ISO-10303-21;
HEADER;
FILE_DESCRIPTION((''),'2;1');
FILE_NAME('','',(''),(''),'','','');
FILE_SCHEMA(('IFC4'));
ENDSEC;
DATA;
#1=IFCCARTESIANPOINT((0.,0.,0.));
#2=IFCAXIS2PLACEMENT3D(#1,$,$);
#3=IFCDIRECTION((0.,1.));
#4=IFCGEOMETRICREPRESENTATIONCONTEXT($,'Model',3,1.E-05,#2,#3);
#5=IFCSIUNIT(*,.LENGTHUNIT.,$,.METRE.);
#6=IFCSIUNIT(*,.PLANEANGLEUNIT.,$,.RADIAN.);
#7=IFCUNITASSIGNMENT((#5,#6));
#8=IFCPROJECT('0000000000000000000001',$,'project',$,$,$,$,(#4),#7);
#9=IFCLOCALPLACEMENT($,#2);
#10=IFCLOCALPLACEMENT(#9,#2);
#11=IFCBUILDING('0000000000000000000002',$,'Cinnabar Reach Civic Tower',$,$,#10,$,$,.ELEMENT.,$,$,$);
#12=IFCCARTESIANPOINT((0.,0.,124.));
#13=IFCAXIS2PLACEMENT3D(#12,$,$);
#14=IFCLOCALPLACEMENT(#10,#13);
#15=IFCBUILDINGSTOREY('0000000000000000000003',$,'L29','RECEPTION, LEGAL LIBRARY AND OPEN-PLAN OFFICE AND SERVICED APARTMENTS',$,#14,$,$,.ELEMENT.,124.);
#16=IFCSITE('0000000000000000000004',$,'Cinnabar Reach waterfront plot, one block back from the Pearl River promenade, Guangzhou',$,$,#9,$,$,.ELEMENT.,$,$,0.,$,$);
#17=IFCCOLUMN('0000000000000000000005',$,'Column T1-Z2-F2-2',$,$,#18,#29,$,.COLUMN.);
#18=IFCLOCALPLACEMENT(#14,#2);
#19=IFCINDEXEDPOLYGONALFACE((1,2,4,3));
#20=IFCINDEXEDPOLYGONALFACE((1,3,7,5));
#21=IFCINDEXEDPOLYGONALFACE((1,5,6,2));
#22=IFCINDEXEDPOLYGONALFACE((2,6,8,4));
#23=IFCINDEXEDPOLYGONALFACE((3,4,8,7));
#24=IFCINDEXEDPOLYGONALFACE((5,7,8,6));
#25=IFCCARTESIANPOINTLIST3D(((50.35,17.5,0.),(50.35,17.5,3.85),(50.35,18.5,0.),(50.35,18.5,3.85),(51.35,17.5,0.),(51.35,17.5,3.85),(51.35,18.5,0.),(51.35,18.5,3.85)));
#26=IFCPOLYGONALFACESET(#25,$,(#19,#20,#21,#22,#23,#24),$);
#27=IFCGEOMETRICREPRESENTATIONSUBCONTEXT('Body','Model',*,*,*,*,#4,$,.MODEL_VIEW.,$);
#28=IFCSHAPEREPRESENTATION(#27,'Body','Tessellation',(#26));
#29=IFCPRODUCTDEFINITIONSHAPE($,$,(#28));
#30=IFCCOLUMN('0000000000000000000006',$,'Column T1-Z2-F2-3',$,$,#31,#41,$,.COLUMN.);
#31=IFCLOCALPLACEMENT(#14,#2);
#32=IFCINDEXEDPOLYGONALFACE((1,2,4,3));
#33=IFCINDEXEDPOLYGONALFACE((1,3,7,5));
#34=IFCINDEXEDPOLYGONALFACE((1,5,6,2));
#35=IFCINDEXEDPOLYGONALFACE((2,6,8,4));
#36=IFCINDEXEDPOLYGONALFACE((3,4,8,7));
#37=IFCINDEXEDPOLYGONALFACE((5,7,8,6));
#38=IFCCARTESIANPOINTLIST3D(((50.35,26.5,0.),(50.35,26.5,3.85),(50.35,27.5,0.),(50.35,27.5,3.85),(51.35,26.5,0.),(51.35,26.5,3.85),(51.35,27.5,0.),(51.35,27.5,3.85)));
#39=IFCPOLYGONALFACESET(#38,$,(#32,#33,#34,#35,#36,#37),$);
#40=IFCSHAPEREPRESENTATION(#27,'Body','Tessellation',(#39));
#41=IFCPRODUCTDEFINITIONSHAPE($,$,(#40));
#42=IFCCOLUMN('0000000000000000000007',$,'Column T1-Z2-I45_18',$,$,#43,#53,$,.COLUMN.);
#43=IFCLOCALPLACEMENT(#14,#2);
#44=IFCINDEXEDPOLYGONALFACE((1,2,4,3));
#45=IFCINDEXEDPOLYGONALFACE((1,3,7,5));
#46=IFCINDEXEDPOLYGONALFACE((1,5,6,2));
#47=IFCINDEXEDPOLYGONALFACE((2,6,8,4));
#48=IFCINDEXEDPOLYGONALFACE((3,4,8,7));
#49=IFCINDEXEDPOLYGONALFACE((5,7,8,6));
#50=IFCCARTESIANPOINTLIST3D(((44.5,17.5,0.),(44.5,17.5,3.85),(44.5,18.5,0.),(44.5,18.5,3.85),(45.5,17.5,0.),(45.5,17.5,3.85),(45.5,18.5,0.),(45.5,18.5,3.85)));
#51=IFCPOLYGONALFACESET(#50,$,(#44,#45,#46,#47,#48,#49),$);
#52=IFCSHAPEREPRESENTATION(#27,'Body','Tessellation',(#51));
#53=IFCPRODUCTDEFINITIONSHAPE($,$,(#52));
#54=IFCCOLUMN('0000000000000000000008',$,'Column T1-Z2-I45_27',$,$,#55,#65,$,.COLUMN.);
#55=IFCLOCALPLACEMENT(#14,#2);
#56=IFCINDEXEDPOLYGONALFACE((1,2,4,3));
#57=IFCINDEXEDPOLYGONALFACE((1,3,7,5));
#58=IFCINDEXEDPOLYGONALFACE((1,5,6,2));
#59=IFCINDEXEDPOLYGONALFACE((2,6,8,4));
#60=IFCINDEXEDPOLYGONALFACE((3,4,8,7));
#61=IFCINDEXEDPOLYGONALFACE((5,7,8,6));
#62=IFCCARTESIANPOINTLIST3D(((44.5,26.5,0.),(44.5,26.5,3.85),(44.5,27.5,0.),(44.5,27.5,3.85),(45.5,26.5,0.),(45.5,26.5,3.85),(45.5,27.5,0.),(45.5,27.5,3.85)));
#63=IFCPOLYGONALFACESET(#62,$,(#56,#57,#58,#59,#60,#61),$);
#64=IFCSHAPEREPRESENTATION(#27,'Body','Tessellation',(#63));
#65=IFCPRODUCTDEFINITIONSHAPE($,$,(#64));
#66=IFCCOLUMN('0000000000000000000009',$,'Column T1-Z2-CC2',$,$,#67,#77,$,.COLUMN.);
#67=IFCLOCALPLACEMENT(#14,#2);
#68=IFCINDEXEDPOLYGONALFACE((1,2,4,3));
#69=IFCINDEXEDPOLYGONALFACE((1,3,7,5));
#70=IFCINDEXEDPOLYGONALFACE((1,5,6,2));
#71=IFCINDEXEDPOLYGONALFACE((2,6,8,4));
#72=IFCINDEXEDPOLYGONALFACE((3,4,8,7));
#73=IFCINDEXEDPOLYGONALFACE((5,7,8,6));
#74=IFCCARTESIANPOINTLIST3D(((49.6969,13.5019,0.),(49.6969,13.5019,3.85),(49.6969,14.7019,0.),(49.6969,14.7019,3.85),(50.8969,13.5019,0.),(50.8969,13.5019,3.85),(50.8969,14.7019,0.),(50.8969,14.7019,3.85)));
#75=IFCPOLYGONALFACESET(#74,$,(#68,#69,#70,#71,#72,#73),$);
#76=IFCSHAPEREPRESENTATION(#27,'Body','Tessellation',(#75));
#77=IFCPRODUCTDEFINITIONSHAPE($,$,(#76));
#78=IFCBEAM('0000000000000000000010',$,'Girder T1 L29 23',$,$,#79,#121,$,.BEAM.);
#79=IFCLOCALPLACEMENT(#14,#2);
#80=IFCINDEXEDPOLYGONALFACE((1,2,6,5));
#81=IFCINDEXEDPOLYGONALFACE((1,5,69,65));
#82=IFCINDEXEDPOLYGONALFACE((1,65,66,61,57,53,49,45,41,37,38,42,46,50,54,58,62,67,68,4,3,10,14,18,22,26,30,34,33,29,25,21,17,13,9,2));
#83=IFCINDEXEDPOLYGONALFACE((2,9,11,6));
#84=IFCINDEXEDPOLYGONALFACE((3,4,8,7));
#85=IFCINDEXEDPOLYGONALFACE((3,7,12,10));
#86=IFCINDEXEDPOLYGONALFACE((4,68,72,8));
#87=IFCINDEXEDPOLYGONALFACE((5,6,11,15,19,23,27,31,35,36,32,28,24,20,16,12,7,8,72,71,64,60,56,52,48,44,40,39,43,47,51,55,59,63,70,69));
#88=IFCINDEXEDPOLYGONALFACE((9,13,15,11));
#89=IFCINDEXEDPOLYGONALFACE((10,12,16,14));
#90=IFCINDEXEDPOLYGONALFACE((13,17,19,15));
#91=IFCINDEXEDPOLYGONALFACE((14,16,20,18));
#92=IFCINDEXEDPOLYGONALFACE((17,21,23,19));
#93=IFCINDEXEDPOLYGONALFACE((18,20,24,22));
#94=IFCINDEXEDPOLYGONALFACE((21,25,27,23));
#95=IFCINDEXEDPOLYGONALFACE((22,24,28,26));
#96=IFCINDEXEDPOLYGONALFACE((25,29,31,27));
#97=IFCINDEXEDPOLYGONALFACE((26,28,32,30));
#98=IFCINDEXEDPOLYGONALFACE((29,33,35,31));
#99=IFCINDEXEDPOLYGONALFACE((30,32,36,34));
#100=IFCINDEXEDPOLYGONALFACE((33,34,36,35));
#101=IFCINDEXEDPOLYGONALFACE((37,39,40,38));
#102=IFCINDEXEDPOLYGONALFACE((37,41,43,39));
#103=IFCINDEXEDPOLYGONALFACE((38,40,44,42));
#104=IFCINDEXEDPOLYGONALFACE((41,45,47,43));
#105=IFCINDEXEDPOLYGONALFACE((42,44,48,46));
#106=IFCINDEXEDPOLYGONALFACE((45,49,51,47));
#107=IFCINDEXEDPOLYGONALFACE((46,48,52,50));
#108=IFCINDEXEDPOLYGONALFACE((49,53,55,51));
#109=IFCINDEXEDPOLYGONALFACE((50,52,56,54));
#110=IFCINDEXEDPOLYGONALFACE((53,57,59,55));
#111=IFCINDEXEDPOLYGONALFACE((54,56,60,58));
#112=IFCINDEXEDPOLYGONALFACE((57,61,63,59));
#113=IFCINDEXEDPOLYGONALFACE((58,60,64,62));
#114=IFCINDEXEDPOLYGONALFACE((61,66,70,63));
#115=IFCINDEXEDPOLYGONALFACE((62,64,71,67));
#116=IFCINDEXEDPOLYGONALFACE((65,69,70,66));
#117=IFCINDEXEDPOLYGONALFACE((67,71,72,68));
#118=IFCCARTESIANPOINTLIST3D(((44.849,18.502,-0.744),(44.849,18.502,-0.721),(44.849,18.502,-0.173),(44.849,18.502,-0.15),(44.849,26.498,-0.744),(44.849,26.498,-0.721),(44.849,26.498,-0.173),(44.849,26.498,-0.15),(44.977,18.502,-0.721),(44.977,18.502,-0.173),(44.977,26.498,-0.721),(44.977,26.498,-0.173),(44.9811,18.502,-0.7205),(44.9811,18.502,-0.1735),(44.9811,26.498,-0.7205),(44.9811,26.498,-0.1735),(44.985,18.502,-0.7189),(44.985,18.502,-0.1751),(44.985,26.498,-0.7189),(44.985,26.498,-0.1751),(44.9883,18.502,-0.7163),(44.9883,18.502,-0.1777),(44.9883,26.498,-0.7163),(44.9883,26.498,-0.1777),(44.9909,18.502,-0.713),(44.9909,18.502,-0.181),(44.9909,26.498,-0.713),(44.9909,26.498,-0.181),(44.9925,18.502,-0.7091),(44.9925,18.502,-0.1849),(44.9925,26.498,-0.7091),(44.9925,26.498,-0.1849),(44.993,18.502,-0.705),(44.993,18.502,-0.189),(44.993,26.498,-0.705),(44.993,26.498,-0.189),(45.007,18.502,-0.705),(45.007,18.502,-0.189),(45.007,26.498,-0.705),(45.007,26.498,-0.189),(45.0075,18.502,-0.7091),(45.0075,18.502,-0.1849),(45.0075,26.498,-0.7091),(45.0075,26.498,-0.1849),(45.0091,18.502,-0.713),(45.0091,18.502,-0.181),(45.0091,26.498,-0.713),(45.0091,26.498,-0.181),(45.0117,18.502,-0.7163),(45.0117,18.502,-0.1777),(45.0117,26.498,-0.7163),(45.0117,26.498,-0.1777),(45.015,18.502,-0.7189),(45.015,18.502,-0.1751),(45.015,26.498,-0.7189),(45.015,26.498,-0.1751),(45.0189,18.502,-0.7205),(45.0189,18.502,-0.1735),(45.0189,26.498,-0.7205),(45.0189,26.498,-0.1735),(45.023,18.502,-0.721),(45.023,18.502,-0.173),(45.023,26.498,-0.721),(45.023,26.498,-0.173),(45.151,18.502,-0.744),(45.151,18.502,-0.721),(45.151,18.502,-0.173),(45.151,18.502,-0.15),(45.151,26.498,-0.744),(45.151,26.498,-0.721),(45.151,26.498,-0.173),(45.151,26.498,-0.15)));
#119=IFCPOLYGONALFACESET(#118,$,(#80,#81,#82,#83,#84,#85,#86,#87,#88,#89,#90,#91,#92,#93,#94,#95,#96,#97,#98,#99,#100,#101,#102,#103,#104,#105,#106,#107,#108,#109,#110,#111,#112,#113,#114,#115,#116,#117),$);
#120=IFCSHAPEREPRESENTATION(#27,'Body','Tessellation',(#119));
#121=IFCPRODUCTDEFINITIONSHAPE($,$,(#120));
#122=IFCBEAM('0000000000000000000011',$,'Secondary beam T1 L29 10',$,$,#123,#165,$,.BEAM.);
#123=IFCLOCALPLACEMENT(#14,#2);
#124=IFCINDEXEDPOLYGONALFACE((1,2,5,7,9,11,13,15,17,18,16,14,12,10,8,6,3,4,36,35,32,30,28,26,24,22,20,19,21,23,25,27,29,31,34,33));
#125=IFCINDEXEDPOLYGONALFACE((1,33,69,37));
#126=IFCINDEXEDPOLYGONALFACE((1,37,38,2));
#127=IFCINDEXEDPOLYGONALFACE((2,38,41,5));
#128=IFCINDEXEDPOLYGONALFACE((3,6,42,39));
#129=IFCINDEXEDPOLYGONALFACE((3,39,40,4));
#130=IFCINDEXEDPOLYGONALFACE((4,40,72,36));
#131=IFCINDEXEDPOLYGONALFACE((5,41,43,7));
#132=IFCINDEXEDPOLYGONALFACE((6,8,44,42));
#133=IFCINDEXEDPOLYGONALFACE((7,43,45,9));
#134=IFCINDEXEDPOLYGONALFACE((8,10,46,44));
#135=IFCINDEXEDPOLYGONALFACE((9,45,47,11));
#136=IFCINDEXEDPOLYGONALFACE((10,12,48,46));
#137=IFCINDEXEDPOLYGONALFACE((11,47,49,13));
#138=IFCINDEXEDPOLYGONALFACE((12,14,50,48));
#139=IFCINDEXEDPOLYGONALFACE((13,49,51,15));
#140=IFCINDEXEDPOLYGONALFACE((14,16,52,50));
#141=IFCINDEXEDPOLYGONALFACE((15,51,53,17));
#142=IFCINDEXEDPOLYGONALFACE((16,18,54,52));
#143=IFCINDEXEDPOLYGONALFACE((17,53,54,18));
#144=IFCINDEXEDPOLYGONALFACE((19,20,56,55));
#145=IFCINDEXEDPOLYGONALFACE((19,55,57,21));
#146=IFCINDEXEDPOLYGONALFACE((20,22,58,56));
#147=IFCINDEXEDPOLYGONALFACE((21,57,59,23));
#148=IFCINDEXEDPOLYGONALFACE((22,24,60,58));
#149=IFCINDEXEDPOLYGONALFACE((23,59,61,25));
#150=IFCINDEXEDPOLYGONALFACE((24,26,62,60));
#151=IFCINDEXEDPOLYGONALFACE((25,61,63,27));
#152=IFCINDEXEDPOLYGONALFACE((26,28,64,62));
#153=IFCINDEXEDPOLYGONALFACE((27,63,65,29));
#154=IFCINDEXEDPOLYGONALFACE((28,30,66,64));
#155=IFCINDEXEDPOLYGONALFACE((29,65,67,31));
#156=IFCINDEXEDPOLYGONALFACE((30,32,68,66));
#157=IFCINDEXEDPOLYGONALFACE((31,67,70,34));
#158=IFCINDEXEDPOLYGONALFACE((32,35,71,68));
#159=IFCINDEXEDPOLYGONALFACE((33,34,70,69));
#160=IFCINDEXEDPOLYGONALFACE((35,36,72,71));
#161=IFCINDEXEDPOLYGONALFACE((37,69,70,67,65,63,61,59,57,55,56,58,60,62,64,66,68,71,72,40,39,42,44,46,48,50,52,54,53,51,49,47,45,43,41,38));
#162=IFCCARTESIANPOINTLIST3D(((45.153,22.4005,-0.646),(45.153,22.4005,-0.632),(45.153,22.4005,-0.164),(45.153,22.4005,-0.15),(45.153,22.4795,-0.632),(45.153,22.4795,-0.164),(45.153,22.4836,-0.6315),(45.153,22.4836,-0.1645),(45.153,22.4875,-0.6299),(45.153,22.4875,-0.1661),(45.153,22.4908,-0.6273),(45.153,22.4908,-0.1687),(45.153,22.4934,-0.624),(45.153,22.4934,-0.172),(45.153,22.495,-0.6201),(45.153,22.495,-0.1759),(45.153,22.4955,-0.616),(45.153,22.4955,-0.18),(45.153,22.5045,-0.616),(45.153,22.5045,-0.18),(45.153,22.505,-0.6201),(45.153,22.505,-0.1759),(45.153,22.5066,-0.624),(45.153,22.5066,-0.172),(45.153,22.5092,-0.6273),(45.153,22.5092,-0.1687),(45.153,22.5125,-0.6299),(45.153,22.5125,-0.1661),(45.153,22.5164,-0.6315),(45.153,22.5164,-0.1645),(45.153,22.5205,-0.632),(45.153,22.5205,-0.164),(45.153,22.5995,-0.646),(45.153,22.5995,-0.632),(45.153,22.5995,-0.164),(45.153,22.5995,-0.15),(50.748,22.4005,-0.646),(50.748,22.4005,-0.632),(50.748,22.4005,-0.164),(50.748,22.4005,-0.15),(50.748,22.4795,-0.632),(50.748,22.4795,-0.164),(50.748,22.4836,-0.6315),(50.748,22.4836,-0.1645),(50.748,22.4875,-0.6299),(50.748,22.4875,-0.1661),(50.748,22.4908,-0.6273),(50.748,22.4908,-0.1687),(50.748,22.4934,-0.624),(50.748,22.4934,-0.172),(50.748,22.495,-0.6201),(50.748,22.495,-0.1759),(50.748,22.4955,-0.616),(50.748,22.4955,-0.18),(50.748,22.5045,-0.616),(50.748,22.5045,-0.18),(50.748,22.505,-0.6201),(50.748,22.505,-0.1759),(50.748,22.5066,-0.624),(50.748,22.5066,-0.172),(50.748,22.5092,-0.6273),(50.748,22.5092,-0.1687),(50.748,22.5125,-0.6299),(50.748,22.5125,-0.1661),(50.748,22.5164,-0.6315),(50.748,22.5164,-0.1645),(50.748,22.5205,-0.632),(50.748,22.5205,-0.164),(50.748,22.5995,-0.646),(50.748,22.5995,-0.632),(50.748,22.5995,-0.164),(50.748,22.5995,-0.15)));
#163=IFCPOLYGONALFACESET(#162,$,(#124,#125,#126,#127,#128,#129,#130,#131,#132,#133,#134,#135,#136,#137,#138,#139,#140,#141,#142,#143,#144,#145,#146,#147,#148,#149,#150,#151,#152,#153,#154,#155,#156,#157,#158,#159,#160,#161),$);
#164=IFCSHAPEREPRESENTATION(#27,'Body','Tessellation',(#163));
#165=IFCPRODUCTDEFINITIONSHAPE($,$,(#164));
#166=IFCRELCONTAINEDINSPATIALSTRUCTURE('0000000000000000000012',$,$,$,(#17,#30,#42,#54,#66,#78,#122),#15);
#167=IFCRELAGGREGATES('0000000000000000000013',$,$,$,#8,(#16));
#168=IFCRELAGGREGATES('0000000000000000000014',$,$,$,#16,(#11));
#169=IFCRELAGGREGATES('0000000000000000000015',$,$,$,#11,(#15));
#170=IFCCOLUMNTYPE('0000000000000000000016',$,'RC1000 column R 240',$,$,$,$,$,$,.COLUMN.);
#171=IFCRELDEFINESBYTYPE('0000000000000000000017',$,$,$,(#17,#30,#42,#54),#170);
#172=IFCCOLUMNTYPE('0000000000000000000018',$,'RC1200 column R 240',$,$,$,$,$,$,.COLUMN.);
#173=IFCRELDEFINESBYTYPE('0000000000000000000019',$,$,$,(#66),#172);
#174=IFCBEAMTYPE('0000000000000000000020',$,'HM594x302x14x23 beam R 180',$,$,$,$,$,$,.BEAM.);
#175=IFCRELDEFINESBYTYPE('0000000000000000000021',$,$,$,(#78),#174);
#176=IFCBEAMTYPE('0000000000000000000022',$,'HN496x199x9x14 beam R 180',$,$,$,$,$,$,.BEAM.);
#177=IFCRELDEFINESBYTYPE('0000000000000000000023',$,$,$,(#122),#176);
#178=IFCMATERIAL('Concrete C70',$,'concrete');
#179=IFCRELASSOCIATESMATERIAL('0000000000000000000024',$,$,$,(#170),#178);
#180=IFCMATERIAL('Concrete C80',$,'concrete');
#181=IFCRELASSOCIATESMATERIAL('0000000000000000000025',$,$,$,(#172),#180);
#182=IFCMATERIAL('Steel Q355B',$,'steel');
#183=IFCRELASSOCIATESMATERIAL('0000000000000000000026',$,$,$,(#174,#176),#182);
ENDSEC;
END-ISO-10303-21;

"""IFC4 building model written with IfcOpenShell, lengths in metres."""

from ifc_helpers import new_model, si_unit, direction, frame, origin, origin_2d, place, context, subcontext, project, spatial, rectangle, i_section, extrude, material, material_profile, profile_set, type_object, element, save


model = new_model("IFC4")

# Units and contexts
model_context = context("Model", 3, precision=1e-05, world=origin(), true_north=direction((0.0, 1.0)))
body_context = subcontext(model_context, "Body", "Model", "MODEL_VIEW")
ifc_project = project(units=[si_unit("LENGTHUNIT", "METRE"), si_unit("PLANEANGLEUNIT", "RADIAN")], contexts=[model_context])

# Site, building, storey
site_placement = place(None, origin())
site = spatial("IfcSite", under=ifc_project, at=site_placement, Name="Cinnabar Reach waterfront plot, one block back from the Pearl River promenade, Guangzhou", CompositionType="ELEMENT", RefElevation=0.0)
building_placement = place(site_placement, origin())
building = spatial("IfcBuilding", under=site, at=building_placement, Name="Cinnabar Reach Civic Tower", CompositionType="ELEMENT")
storey_placement = place(building_placement, frame((0.0, 0.0, 124.0)))
storey = spatial("IfcBuildingStorey", under=building, at=storey_placement, Name="L29", Description="RECEPTION, LEGAL LIBRARY AND OPEN-PLAN OFFICE AND SERVICED APARTMENTS", CompositionType="ELEMENT", Elevation=124.0)

# Columns
ifc_material_1 = material(Name="Concrete C70", Category="concrete")
ifc_material_profile_1 = material_profile(ifc_material_1, rectangle(XDim=1.0, YDim=1.0, at=origin_2d()), Name="RC1000")
ifc_profile_set_1 = profile_set([ifc_material_profile_1], Name="Concrete C70")
column_type_1 = type_object("IfcColumnType", Name="RC1000 column R 240", PredefinedType="COLUMN", material=ifc_profile_set_1)
for number, where, z_axis, x_axis, name in (
    (1, (50.85, 18.0, 0.0), (0.0, 0.0, 1.0), (1.0, 0.0, 0.0), "Column T1-Z2-F2-2"),
    (2, (50.85, 27.0, 0.0), (0.0, 0.0, 1.0), (1.0, 0.0, 0.0), "Column T1-Z2-F2-3"),
    (3, (45.0, 18.0, 0.0), (0.0, 0.0, 1.0), (1.0, 0.0, 0.0), "Column T1-Z2-I45_18"),
    (4, (45.0, 27.0, 0.0), (0.0, 0.0, 1.0), (1.0, 0.0, 0.0), "Column T1-Z2-I45_27"),
):
    element("IfcColumn", number, at=place(storey_placement, frame(where, z_axis=z_axis, x_axis=x_axis)), inside=storey, type_object=column_type_1, Name=name, PredefinedType="COLUMN", context=body_context, shape_type="SweptSolid", body=[
        extrude(rectangle(XDim=1.0, YDim=1.0, at=origin_2d()), origin(), (0.0, 0.0, 1.0), 3.85),
    ])
ifc_material_2 = material(Name="Concrete C80", Category="concrete")
ifc_material_profile_2 = material_profile(ifc_material_2, rectangle(XDim=1.2, YDim=1.2, at=origin_2d()), Name="RC1200")
ifc_profile_set_2 = profile_set([ifc_material_profile_2], Name="Concrete C80")
column_type_2 = type_object("IfcColumnType", Name="RC1200 column R 240", PredefinedType="COLUMN", material=ifc_profile_set_2)
column_placement = place(storey_placement, frame((50.2969, 14.1019, 0.0), z_axis=(0.0, 0.0, 1.0), x_axis=(1.0, 0.0, 0.0)))
element("IfcColumn", 5, at=column_placement, inside=storey, type_object=column_type_2, Name="Column T1-Z2-CC2", PredefinedType="COLUMN", context=body_context, shape_type="SweptSolid", body=[
    extrude(rectangle(XDim=1.2, YDim=1.2, at=origin_2d()), origin(), (0.0, 0.0, 1.0), 3.85),
])

# Beams
ifc_material_3 = material(Name="Steel Q355B", Category="steel")
ifc_material_profile_3 = material_profile(ifc_material_3, i_section(OverallWidth=0.302, OverallDepth=0.594, WebThickness=0.014, FlangeThickness=0.023, FilletRadius=0.016, at=origin_2d()), Name="HM594x302x14x23")
ifc_profile_set_3 = profile_set([ifc_material_profile_3], Name="Steel Q355B")
beam_type_1 = type_object("IfcBeamType", Name="HM594x302x14x23 beam R 180", PredefinedType="BEAM", material=ifc_profile_set_3)
beam_1_placement = place(storey_placement, frame((45.0, 18.502, -0.447), z_axis=(0.0, 1.0, 0.0), x_axis=(-1.0, 0.0, 0.0)))
element("IfcBeam", 6, at=beam_1_placement, inside=storey, type_object=beam_type_1, Name="Girder T1 L29 23", PredefinedType="BEAM", context=body_context, shape_type="SweptSolid", body=[
    extrude(i_section(OverallWidth=0.302, OverallDepth=0.594, WebThickness=0.014, FlangeThickness=0.023, FilletRadius=0.016, at=origin_2d()), origin(), (0.0, 0.0, 1.0), 7.996),
])
ifc_material_profile_4 = material_profile(ifc_material_3, i_section(OverallWidth=0.199, OverallDepth=0.496, WebThickness=0.009, FlangeThickness=0.014, FilletRadius=0.016, at=origin_2d()), Name="HN496x199x9x14")
ifc_profile_set_4 = profile_set([ifc_material_profile_4], Name="Steel Q355B")
beam_type_2 = type_object("IfcBeamType", Name="HN496x199x9x14 beam R 180", PredefinedType="BEAM", material=ifc_profile_set_4)
beam_2_placement = place(storey_placement, frame((45.153, 22.5, -0.398), z_axis=(1.0, 0.0, 0.0), x_axis=(0.0, 1.0, 0.0)))
element("IfcBeam", 7, at=beam_2_placement, inside=storey, type_object=beam_type_2, Name="Secondary beam T1 L29 10", PredefinedType="BEAM", context=body_context, shape_type="SweptSolid", body=[
    extrude(i_section(OverallWidth=0.199, OverallDepth=0.496, WebThickness=0.009, FlangeThickness=0.014, FilletRadius=0.016, at=origin_2d()), origin(), (0.0, 0.0, 1.0), 5.595),
])

save(model, "model.ifc")
